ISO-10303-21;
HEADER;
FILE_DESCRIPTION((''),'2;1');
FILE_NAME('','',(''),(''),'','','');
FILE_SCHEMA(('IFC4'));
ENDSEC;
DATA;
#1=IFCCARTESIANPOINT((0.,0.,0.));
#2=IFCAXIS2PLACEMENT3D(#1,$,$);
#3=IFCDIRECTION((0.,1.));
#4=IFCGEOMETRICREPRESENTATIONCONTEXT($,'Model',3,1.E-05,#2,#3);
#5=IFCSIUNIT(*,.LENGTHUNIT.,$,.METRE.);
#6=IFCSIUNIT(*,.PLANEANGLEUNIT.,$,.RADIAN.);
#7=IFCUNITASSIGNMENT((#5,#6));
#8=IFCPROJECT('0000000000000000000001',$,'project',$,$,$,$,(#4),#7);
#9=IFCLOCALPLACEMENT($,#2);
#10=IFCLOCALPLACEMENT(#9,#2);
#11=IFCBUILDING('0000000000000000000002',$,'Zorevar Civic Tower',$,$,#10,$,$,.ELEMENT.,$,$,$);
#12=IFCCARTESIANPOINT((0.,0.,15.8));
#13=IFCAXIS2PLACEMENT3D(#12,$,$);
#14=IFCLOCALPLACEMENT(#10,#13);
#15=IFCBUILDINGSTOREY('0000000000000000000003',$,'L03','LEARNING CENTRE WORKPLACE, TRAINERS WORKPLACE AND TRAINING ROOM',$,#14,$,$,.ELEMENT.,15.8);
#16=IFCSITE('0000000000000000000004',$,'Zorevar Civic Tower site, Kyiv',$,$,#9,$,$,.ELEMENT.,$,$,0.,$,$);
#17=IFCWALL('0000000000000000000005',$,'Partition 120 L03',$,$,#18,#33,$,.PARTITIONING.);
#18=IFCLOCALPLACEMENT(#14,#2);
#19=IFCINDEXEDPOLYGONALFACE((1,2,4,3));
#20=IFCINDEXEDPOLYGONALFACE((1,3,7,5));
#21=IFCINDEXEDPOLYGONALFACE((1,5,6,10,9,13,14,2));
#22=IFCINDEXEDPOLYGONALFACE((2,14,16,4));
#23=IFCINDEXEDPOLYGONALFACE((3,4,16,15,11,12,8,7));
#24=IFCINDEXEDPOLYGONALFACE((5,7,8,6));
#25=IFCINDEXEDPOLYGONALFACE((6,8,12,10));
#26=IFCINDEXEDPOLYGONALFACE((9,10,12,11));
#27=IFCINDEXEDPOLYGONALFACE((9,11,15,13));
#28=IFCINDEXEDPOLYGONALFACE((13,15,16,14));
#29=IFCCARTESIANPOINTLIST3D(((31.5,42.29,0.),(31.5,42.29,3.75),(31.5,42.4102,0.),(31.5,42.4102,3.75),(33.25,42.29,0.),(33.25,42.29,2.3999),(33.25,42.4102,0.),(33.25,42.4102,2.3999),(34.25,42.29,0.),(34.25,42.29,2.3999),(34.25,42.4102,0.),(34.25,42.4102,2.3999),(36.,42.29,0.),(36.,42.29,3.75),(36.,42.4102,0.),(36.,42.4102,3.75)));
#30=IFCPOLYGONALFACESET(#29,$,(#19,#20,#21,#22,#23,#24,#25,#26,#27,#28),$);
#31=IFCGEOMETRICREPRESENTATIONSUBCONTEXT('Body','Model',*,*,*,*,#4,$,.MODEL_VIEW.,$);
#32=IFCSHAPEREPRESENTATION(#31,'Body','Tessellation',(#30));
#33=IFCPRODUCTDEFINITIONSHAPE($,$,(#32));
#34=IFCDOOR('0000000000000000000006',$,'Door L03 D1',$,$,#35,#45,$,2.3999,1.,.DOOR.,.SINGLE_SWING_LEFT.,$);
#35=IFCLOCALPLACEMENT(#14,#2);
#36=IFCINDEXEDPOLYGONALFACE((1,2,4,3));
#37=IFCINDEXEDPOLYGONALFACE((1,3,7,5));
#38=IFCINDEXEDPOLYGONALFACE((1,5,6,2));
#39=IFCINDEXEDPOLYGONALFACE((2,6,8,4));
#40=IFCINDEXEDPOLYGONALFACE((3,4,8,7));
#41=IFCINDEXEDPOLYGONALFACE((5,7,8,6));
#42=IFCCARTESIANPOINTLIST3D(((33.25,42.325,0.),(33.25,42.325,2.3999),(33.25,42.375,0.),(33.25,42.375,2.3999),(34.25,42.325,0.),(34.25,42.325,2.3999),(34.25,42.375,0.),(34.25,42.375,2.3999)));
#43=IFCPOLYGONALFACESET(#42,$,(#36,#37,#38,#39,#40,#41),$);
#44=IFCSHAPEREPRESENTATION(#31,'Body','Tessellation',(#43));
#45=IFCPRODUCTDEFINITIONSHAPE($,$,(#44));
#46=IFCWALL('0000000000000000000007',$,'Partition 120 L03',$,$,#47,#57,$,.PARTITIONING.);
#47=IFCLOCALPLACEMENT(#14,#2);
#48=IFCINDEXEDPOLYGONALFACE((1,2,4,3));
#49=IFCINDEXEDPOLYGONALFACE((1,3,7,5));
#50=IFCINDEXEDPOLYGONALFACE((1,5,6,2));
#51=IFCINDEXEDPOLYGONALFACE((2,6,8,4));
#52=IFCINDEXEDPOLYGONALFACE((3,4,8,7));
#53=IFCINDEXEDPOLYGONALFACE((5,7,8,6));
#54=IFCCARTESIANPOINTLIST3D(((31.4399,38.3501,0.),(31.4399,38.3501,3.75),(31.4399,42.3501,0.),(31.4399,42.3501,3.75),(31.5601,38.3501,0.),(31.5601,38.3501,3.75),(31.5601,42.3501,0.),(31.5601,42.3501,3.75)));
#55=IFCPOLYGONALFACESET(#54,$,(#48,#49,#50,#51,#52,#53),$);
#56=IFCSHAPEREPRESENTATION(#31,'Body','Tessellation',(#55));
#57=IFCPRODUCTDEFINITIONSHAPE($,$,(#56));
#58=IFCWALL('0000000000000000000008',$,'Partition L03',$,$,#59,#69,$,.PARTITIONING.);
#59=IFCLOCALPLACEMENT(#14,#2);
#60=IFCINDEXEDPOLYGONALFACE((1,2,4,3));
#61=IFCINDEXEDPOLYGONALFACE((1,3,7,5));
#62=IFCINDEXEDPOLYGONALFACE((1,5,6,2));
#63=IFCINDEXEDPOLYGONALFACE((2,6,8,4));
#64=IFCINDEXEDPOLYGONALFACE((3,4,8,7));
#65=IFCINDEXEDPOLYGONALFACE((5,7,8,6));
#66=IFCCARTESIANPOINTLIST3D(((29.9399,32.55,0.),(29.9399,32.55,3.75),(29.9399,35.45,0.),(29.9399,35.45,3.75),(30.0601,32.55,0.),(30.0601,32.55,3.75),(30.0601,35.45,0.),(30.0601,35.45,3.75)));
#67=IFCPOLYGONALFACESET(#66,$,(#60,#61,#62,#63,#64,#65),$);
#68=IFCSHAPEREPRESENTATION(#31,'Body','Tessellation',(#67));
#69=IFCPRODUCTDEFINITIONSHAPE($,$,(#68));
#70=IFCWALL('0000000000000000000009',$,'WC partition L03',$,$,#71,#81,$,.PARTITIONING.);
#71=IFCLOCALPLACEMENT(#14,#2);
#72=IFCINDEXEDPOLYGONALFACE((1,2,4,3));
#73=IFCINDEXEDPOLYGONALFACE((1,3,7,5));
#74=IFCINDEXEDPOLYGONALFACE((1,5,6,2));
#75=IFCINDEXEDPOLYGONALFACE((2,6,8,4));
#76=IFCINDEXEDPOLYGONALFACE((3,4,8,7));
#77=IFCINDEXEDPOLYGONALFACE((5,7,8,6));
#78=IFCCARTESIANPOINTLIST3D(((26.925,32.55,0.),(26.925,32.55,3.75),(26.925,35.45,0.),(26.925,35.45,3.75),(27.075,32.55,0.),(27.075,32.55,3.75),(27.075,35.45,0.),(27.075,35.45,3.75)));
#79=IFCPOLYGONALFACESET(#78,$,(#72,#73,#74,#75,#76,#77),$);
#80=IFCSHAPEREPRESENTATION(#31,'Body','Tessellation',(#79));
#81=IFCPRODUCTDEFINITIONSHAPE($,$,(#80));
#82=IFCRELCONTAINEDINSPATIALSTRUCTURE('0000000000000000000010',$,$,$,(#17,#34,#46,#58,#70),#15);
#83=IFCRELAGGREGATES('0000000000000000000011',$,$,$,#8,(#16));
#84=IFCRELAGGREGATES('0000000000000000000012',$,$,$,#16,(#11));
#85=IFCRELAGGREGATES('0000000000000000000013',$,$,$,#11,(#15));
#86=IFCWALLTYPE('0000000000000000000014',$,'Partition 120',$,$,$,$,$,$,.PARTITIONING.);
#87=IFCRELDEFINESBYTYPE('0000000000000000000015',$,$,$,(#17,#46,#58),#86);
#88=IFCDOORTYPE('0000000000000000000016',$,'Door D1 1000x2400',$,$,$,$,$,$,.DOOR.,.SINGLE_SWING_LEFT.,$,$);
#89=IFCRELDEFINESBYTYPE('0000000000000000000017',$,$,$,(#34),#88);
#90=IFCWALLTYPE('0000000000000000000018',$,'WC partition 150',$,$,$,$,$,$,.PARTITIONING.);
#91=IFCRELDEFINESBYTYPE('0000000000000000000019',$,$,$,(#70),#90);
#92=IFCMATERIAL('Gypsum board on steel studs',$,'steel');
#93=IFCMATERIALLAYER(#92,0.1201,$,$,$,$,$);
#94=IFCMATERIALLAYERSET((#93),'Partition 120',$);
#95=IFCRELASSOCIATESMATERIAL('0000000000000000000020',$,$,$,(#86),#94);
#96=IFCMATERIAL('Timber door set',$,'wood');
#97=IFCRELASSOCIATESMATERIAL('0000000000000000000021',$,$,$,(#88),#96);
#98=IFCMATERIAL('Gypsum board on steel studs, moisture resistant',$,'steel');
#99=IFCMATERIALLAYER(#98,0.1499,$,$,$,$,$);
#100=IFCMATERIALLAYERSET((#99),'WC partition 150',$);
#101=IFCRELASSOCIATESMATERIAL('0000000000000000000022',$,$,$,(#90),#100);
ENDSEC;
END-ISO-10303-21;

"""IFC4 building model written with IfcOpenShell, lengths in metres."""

from ifc_helpers import new_model, si_unit, direction, frame, frame_2d, origin, place, context, subcontext, project, spatial, rectangle, extrude, material, layer, layer_set, type_object, element, fill, save


model = new_model("IFC4")

# Units and contexts
model_context = context("Model", 3, precision=1e-05, world=origin(), true_north=direction((0.0, 1.0)))
body_context = subcontext(model_context, "Body", "Model", "MODEL_VIEW")
ifc_project = project(units=[si_unit("LENGTHUNIT", "METRE"), si_unit("PLANEANGLEUNIT", "RADIAN")], contexts=[model_context])

# Site, building, storey
site_placement = place(None, origin())
site = spatial("IfcSite", under=ifc_project, at=site_placement, Name="Zorevar Civic Tower site, Kyiv", CompositionType="ELEMENT", RefElevation=0.0)
building_placement = place(site_placement, origin())
building = spatial("IfcBuilding", under=site, at=building_placement, Name="Zorevar Civic Tower", CompositionType="ELEMENT")
storey_placement = place(building_placement, frame((0.0, 0.0, 15.8)))
storey = spatial("IfcBuildingStorey", under=building, at=storey_placement, Name="L03", Description="LEARNING CENTRE WORKPLACE, TRAINERS WORKPLACE AND TRAINING ROOM", CompositionType="ELEMENT", Elevation=15.8)

# Shared definitions
ifc_material_1 = material(Name="Gypsum board on steel studs", Category="steel")
ifc_layer_1 = layer(ifc_material_1, 0.1201)
ifc_layer_set_1 = layer_set([ifc_layer_1], Name="Partition 120")
wall_type_1 = type_object("IfcWallType", Name="Partition 120", PredefinedType="PARTITIONING", material=ifc_layer_set_1)

# Wall, opening, door
wall_1_placement = place(storey_placement, frame((31.5, 42.3501, 0.0), z_axis=(0.0, 0.0, 1.0), x_axis=(1.0, 0.0, 0.0)))
wall_1 = element("IfcWall", 1, at=wall_1_placement, inside=storey, type_object=wall_type_1, Name="Partition 120 L03", PredefinedType="PARTITIONING", context=body_context, shape_type="SweptSolid", body=[
    extrude(rectangle(XDim=4.5, YDim=0.1201, at=frame_2d((2.25, 0.0))), origin(), (0.0, 0.0, 1.0), 3.75),
])
opening_placement = place(wall_1_placement, frame((1.75, 0.0, 0.0)))
opening = element("IfcOpeningElement", 2, at=opening_placement, cuts=wall_1, PredefinedType="OPENING", context=body_context, shape_type="SweptSolid", body=[
    extrude(rectangle(XDim=1.0, YDim=2.3999, at=frame_2d((0.5, 1.2))), frame((0.0, 0.0701, 0.0), z_axis=(0.0, -1.0, 0.0), x_axis=(1.0, 0.0, 0.0)), (0.0, 0.0, 1.0), 0.1401),
])
ifc_material_2 = material(Name="Timber door set", Category="wood")
door_type = type_object("IfcDoorType", Name="Door D1 1000x2400", OperationType="SINGLE_SWING_LEFT", PredefinedType="DOOR", material=ifc_material_2)
door_placement = place(opening_placement, origin())
door = element("IfcDoor", 3, at=door_placement, inside=storey, type_object=door_type, Name="Door L03 D1", OperationType="SINGLE_SWING_LEFT", OverallHeight=2.3999, OverallWidth=1.0, PredefinedType="DOOR", context=body_context, shape_type="SweptSolid", body=[
    extrude(rectangle(XDim=1.0, YDim=2.3999, at=frame_2d((0.5, 1.2))), frame((0.0, 0.0249, 0.0), z_axis=(0.0, -1.0, 0.0), x_axis=(1.0, 0.0, 0.0)), (0.0, 0.0, 1.0), 0.05),
])
fill(opening, door)

# Walls
wall_2_placement = place(storey_placement, frame((31.5, 38.3501, 0.0), z_axis=(0.0, 0.0, 1.0), x_axis=(0.0, 1.0, 0.0)))
element("IfcWall", 4, at=wall_2_placement, inside=storey, type_object=wall_type_1, Name="Partition 120 L03", PredefinedType="PARTITIONING", context=body_context, shape_type="SweptSolid", body=[
    extrude(rectangle(XDim=4.0, YDim=0.1201, at=frame_2d((2.0, 0.0))), origin(), (0.0, 0.0, 1.0), 3.75),
])
wall_3_placement = place(storey_placement, frame((30.0, 32.55, 0.0), z_axis=(0.0, 0.0, 1.0), x_axis=(0.0, 1.0, 0.0)))
element("IfcWall", 5, at=wall_3_placement, inside=storey, type_object=wall_type_1, Name="Partition L03", PredefinedType="PARTITIONING", context=body_context, shape_type="SweptSolid", body=[
    extrude(rectangle(XDim=2.8999, YDim=0.1201, at=frame_2d((1.45, 0.0))), origin(), (0.0, 0.0, 1.0), 3.75),
])
ifc_material_3 = material(Name="Gypsum board on steel studs, moisture resistant", Category="steel")
ifc_layer_2 = layer(ifc_material_3, 0.1499)
ifc_layer_set_2 = layer_set([ifc_layer_2], Name="WC partition 150")
wall_type_2 = type_object("IfcWallType", Name="WC partition 150", PredefinedType="PARTITIONING", material=ifc_layer_set_2)
wall_4_placement = place(storey_placement, frame((27.0, 32.55, 0.0), z_axis=(0.0, 0.0, 1.0), x_axis=(0.0, 1.0, 0.0)))
element("IfcWall", 6, at=wall_4_placement, inside=storey, type_object=wall_type_2, Name="WC partition L03", PredefinedType="PARTITIONING", context=body_context, shape_type="SweptSolid", body=[
    extrude(rectangle(XDim=2.8999, YDim=0.1499, at=frame_2d((1.45, 0.0))), origin(), (0.0, 0.0, 1.0), 3.75),
])

save(model, "model.ifc")
